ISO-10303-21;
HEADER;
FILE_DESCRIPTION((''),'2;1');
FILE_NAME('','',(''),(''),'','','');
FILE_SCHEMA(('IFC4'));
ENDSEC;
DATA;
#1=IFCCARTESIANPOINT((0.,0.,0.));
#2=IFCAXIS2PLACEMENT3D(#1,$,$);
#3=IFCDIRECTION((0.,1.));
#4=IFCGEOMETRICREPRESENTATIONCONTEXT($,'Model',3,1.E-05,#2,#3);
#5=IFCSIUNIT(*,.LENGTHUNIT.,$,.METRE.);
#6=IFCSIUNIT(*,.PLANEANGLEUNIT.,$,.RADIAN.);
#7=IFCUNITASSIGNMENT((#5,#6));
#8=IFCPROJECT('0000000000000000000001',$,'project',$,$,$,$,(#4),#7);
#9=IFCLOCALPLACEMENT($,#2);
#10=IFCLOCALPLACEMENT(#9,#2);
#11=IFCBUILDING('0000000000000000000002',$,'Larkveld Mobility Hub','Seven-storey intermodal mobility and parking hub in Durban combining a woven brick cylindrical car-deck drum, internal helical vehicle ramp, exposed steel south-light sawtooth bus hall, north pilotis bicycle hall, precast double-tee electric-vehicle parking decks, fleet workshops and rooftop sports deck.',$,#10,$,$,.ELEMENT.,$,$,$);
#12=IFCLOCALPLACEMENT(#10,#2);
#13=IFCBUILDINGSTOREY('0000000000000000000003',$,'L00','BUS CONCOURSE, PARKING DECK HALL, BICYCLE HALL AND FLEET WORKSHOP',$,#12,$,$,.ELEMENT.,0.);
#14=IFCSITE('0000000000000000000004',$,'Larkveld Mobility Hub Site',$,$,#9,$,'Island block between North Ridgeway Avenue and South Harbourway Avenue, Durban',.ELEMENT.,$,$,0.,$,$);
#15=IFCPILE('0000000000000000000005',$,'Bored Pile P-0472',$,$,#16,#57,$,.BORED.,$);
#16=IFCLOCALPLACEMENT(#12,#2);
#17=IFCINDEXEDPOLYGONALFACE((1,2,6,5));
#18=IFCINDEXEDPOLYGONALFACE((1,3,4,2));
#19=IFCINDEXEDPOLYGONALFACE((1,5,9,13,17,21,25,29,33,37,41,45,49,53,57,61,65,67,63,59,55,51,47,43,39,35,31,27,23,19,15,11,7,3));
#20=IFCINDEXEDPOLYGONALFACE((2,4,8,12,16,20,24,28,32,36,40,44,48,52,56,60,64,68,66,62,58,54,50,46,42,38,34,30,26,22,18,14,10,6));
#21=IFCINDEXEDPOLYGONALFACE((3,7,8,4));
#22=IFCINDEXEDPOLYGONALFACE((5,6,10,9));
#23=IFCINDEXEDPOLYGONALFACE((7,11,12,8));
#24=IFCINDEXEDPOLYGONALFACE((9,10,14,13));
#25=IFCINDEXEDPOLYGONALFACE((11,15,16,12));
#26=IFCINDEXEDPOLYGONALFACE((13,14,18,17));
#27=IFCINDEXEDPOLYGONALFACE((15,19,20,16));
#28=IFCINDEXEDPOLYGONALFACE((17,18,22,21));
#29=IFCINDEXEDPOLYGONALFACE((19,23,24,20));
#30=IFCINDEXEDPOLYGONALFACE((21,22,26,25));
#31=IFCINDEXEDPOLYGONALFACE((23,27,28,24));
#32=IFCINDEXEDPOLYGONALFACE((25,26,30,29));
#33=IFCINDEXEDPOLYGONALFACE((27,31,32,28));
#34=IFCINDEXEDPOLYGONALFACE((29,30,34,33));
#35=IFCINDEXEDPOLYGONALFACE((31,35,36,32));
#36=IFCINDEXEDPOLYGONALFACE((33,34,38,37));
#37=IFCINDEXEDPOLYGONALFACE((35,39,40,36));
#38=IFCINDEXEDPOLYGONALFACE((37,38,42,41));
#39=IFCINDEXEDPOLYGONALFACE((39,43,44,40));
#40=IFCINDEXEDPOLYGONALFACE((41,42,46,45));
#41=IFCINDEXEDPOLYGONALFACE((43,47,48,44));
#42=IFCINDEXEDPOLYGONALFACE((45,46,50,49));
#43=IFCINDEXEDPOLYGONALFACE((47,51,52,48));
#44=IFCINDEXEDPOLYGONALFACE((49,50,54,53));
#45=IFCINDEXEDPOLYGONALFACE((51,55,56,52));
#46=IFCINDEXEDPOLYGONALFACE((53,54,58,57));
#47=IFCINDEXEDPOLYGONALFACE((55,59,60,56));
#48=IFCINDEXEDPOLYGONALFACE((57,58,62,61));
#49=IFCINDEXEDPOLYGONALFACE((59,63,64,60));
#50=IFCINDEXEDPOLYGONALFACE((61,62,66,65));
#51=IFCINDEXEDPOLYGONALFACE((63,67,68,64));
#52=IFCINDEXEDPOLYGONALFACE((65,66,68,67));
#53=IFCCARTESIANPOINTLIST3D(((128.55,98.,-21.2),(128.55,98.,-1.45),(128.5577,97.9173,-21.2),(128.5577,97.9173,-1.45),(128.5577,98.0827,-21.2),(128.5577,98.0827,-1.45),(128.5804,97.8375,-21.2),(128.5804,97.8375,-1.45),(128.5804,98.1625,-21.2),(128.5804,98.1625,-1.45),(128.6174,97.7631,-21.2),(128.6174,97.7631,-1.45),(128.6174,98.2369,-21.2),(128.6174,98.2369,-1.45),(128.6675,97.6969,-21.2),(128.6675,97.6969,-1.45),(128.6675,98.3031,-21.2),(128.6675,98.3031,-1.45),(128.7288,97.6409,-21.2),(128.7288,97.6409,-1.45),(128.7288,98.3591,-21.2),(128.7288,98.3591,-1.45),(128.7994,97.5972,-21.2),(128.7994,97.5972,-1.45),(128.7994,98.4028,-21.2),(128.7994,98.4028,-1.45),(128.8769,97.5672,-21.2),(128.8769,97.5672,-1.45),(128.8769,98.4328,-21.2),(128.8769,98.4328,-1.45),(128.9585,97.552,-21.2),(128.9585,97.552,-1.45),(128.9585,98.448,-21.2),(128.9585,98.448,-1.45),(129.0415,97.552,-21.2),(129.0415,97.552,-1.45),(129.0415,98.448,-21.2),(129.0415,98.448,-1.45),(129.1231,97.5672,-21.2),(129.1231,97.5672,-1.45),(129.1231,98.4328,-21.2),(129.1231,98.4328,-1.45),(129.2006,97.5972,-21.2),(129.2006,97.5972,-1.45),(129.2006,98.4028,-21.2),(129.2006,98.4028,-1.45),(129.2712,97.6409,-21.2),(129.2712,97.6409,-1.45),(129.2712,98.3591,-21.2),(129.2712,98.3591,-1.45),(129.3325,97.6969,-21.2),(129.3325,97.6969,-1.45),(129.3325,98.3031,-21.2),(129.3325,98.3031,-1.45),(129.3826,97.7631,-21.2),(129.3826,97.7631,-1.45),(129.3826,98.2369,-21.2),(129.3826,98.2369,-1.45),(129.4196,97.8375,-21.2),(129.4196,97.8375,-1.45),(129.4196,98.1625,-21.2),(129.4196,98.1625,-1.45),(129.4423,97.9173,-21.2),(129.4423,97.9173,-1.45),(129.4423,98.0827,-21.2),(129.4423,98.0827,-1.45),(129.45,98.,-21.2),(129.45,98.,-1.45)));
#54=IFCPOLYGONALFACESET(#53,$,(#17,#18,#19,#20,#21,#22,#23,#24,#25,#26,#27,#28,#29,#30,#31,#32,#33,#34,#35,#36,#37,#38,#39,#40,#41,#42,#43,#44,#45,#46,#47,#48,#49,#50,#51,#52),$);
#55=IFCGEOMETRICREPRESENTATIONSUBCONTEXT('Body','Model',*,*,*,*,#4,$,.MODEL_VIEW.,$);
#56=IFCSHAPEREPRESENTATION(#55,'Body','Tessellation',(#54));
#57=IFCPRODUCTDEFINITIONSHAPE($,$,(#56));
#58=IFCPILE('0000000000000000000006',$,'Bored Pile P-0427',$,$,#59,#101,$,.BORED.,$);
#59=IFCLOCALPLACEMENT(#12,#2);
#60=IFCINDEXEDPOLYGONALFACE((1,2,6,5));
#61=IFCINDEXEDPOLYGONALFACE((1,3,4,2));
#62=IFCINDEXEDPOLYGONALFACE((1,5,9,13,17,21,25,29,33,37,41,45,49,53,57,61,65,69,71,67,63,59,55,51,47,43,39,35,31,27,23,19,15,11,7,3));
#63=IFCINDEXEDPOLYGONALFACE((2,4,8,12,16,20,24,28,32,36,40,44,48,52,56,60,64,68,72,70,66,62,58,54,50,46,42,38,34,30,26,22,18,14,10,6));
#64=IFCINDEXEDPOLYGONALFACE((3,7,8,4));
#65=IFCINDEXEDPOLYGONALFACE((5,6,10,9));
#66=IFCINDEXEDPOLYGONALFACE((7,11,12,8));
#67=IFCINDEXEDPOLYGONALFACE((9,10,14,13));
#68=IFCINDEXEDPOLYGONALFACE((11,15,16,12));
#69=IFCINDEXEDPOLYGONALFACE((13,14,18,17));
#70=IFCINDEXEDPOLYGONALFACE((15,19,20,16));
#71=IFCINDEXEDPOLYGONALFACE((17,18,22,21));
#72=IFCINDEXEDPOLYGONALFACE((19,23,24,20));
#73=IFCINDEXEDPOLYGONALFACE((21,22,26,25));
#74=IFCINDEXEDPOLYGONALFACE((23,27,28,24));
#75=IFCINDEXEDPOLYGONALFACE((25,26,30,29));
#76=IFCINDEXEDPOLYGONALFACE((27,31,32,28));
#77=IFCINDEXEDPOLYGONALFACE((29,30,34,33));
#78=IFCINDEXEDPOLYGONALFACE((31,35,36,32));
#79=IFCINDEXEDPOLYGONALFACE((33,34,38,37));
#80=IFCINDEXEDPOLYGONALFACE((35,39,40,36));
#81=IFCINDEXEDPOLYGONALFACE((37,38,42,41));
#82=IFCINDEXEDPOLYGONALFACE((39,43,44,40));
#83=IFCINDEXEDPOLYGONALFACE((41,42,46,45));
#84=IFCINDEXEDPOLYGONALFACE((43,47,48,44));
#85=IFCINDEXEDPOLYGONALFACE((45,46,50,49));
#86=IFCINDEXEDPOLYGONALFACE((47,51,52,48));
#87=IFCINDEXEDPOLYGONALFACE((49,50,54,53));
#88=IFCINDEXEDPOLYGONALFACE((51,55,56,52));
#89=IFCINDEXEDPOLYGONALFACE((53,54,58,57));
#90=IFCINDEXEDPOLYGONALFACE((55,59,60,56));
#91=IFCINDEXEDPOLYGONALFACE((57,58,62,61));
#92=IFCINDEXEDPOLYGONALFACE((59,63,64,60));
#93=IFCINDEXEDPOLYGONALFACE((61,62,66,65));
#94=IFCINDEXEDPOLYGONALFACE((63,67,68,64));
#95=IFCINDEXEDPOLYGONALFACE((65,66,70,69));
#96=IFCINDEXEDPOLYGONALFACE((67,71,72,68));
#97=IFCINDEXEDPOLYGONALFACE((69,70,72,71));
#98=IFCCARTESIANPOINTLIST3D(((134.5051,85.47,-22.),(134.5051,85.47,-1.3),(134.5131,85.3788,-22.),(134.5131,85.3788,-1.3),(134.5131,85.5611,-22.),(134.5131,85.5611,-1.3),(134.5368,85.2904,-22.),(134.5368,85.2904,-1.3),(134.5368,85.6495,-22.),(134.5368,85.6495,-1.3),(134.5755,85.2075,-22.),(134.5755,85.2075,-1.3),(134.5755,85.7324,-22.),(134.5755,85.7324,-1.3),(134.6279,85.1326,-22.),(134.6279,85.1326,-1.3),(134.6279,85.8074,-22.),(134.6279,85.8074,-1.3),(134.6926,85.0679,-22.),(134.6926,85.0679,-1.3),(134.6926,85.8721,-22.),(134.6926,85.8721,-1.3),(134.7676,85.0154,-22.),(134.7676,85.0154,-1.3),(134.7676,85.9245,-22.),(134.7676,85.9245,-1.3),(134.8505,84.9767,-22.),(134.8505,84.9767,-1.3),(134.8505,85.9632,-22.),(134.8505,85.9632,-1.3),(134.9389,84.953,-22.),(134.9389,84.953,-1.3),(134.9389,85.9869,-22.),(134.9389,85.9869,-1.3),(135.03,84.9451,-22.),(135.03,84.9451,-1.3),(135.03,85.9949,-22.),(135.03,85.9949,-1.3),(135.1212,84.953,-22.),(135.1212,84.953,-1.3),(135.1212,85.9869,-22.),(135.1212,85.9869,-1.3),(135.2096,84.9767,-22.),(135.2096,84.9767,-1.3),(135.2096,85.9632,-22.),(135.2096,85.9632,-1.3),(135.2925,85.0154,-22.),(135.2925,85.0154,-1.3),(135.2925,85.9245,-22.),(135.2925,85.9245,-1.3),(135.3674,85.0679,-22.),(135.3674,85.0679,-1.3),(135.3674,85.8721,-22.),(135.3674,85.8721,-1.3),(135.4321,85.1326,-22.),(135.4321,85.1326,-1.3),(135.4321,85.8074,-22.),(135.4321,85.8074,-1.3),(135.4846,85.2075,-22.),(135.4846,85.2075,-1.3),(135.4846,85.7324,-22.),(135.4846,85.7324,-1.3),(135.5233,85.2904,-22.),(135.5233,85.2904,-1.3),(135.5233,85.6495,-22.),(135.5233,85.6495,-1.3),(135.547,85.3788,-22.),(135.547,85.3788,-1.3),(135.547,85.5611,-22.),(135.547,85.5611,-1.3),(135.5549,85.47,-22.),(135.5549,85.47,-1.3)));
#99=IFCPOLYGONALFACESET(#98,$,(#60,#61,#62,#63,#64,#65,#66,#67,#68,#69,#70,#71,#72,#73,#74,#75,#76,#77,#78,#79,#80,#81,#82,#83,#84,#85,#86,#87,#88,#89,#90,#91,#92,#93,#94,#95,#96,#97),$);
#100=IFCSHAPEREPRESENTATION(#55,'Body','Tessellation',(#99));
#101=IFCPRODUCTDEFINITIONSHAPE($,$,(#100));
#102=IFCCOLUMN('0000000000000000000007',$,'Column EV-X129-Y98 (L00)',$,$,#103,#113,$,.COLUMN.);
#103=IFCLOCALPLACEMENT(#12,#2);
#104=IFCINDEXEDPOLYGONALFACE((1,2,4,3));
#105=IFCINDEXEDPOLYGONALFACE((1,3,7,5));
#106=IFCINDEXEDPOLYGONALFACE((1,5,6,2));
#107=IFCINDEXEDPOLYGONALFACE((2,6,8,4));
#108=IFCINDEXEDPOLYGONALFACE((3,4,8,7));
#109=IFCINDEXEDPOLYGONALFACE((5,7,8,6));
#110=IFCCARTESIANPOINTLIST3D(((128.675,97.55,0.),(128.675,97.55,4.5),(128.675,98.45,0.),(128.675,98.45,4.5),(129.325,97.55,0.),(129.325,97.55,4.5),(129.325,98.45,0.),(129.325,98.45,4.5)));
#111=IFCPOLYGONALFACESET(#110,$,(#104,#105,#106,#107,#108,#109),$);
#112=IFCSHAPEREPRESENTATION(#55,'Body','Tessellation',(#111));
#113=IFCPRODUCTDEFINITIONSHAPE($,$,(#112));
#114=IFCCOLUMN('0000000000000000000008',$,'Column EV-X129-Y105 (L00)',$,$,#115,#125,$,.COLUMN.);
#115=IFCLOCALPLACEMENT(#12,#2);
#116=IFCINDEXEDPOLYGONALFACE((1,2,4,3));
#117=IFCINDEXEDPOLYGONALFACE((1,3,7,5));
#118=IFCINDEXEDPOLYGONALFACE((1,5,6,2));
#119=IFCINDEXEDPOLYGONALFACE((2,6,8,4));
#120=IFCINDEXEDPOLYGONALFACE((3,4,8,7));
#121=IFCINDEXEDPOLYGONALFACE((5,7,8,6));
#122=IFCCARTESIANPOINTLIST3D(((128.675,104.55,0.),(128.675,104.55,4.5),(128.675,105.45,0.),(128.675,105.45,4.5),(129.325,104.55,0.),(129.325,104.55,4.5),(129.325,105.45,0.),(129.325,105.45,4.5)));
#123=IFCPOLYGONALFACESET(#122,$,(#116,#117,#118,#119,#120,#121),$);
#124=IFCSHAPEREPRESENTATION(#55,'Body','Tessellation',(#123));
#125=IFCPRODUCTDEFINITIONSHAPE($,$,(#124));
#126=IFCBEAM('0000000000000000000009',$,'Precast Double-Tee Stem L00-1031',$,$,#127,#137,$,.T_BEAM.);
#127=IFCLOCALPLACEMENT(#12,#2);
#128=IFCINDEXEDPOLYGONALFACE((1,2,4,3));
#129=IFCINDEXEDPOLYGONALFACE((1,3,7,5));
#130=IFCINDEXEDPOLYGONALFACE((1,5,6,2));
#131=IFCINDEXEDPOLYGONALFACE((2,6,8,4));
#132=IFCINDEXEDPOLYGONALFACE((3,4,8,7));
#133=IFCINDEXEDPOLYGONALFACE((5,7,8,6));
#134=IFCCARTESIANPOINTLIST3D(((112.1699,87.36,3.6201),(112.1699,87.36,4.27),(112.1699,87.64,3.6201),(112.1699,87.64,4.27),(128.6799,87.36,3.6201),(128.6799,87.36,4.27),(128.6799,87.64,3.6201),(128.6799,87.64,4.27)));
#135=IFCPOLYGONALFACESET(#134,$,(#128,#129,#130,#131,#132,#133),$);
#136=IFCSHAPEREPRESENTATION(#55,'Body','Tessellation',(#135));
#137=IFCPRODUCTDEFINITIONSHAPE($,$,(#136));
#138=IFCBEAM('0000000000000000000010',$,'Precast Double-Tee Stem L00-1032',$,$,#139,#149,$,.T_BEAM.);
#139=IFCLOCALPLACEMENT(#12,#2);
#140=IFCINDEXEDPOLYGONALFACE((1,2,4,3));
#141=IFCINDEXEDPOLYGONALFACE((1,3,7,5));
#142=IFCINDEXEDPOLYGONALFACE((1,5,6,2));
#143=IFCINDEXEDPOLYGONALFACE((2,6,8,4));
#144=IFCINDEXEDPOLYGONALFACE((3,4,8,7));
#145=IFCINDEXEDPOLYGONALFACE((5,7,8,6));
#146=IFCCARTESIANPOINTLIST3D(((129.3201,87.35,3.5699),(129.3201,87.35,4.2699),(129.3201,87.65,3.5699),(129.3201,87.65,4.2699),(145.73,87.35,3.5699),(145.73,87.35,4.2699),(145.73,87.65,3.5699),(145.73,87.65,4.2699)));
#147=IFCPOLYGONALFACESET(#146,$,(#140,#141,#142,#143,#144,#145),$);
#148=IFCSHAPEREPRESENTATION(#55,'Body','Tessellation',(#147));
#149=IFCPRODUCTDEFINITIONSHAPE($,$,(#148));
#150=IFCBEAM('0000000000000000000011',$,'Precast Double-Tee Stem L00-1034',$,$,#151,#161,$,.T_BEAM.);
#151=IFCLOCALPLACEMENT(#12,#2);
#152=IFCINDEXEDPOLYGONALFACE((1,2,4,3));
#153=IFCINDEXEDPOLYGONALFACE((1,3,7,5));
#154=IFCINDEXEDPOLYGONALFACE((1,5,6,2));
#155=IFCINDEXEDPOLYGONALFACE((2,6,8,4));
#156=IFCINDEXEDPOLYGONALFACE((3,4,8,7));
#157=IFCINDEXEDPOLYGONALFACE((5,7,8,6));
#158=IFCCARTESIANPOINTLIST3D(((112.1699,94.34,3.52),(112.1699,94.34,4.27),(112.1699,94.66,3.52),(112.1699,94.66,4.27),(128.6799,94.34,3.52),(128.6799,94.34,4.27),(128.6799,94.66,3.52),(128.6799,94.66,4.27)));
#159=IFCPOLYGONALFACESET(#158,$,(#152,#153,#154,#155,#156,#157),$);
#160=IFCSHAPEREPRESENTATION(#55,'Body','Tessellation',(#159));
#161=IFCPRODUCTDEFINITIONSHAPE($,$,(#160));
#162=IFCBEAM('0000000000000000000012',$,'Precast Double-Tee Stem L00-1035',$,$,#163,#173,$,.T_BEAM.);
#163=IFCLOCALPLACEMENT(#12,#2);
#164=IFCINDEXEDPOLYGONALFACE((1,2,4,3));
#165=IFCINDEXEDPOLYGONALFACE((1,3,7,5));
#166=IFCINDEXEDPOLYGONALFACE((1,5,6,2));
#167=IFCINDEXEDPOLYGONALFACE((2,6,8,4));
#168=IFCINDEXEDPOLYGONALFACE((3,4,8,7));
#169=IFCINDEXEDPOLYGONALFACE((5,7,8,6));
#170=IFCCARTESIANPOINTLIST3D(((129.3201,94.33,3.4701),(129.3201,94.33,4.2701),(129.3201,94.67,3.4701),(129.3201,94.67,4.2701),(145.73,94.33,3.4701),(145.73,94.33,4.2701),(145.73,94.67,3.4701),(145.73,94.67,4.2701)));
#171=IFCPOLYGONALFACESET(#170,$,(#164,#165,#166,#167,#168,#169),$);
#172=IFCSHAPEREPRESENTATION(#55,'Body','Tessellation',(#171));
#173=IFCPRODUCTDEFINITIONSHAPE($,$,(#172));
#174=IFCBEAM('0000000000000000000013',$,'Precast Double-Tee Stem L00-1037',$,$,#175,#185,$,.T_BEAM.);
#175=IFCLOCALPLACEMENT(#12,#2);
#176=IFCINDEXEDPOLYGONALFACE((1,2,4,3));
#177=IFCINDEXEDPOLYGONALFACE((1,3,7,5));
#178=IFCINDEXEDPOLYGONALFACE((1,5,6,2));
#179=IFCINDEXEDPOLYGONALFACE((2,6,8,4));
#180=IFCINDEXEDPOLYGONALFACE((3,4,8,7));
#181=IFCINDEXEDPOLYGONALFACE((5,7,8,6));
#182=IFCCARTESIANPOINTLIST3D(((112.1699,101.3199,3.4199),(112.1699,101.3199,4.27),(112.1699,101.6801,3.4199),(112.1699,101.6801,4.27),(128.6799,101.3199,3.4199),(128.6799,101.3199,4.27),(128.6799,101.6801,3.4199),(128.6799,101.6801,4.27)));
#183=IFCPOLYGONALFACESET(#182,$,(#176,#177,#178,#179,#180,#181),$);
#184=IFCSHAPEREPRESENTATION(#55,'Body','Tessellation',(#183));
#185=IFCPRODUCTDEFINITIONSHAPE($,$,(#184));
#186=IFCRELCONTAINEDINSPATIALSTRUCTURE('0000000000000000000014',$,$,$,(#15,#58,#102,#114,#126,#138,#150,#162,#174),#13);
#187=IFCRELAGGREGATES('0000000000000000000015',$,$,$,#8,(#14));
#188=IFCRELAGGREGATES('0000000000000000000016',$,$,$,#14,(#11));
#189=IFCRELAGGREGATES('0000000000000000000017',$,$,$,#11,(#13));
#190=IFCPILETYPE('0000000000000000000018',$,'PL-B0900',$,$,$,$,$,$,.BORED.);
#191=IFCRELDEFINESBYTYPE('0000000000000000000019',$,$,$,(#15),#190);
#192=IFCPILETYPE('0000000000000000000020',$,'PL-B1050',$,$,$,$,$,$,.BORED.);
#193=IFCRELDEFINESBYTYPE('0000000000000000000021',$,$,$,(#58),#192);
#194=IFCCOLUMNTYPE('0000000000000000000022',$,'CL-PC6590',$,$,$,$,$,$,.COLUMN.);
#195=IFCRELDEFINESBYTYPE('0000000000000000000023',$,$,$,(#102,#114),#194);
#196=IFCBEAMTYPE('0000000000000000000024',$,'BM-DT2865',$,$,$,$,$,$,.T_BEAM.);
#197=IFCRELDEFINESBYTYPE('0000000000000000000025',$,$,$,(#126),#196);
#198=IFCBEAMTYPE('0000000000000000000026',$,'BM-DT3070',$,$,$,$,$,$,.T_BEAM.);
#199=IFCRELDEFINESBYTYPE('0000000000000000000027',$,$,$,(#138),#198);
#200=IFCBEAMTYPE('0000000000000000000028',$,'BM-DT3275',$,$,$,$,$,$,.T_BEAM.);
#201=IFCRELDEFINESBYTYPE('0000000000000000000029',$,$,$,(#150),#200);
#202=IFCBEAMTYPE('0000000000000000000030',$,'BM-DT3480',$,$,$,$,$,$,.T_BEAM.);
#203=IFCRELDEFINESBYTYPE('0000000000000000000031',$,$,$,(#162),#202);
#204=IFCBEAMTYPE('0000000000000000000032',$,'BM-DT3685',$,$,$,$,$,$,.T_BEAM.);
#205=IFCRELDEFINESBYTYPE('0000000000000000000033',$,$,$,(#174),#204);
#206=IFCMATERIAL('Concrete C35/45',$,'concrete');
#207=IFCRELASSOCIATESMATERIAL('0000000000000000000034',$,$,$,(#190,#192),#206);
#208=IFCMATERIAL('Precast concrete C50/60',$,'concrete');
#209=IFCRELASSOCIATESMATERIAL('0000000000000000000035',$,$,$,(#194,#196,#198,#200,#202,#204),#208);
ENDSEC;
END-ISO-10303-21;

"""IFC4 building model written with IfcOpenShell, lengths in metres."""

from ifc_helpers import new_model, si_unit, direction, frame, origin, origin_2d, place, context, subcontext, project, spatial, rectangle, circle, extrude, material, material_profile, profile_set, type_object, element, save


model = new_model("IFC4")

# Units and contexts
model_context = context("Model", 3, precision=1e-05, world=origin(), true_north=direction((0.0, 1.0)))
body_context = subcontext(model_context, "Body", "Model", "MODEL_VIEW")
ifc_project = project(units=[si_unit("LENGTHUNIT", "METRE"), si_unit("PLANEANGLEUNIT", "RADIAN")], contexts=[model_context])

# Site, building, storey
site_placement = place(None, origin())
site = spatial("IfcSite", under=ifc_project, at=site_placement, Name="Larkveld Mobility Hub Site", LongName="Island block between North Ridgeway Avenue and South Harbourway Avenue, Durban", CompositionType="ELEMENT", RefElevation=0.0)
building_placement = place(site_placement, origin())
building = spatial("IfcBuilding", under=site, at=building_placement, Name="Larkveld Mobility Hub", Description="Seven-storey intermodal mobility and parking hub in Durban combining a woven brick cylindrical car-deck drum, internal helical vehicle ramp, exposed steel south-light sawtooth bus hall, north pilotis bicycle hall, precast double-tee electric-vehicle parking decks, fleet workshops and rooftop sports deck.", CompositionType="ELEMENT")
storey_placement = place(building_placement, origin())
storey = spatial("IfcBuildingStorey", under=building, at=storey_placement, Name="L00", Description="BUS CONCOURSE, PARKING DECK HALL, BICYCLE HALL AND FLEET WORKSHOP", CompositionType="ELEMENT", Elevation=0.0)

# Shared definitions
ifc_material_1 = material(Name="Concrete C35/45", Category="concrete")

# Piles
ifc_material_profile_1 = material_profile(ifc_material_1, circle(Radius=0.45, at=origin_2d()), Name="PILE D900")
ifc_profile_set_1 = profile_set([ifc_material_profile_1], Name="Concrete C35/45")
pile_type_1 = type_object("IfcPileType", Name="PL-B0900", PredefinedType="BORED", material=ifc_profile_set_1)
pile_1_placement = place(storey_placement, frame((129.0, 98.0, -1.45), z_axis=(0.0, 0.0, -1.0), x_axis=(1.0, 0.0, 0.0)))
element("IfcPile", 1, at=pile_1_placement, inside=storey, type_object=pile_type_1, Name="Bored Pile P-0472", PredefinedType="BORED", context=body_context, shape_type="SweptSolid", body=[
    extrude(circle(Radius=0.45, at=origin_2d()), origin(), (0.0, 0.0, 1.0), 19.75),
])
ifc_material_profile_2 = material_profile(ifc_material_1, circle(Radius=0.5249, at=origin_2d()), Name="PILE D1050")
ifc_profile_set_2 = profile_set([ifc_material_profile_2], Name="Concrete C35/45")
pile_type_2 = type_object("IfcPileType", Name="PL-B1050", PredefinedType="BORED", material=ifc_profile_set_2)
pile_2_placement = place(storey_placement, frame((135.03, 85.47, -1.3), z_axis=(0.0, 0.0, -1.0), x_axis=(1.0, 0.0, 0.0)))
element("IfcPile", 2, at=pile_2_placement, inside=storey, type_object=pile_type_2, Name="Bored Pile P-0427", PredefinedType="BORED", context=body_context, shape_type="SweptSolid", body=[
    extrude(circle(Radius=0.5249, at=origin_2d()), origin(), (0.0, 0.0, 1.0), 20.7),
])

# Columns
ifc_material_2 = material(Name="Precast concrete C50/60", Category="concrete")
ifc_material_profile_3 = material_profile(ifc_material_2, rectangle(XDim=0.6499, YDim=0.8999, at=origin_2d()), Name="RC COL 650x900")
ifc_profile_set_3 = profile_set([ifc_material_profile_3], Name="Precast concrete C50/60")
column_type = type_object("IfcColumnType", Name="CL-PC6590", PredefinedType="COLUMN", material=ifc_profile_set_3)
for number, where, z_axis, x_axis, name in (
    (3, (129.0, 98.0, 0.0), (0.0, 0.0, 1.0), (1.0, 0.0, 0.0), "Column EV-X129-Y98 (L00)"),
    (4, (129.0, 105.0, 0.0), (0.0, 0.0, 1.0), (1.0, 0.0, 0.0), "Column EV-X129-Y105 (L00)"),
):
    element("IfcColumn", number, at=place(storey_placement, frame(where, z_axis=z_axis, x_axis=x_axis)), inside=storey, type_object=column_type, Name=name, PredefinedType="COLUMN", context=body_context, shape_type="SweptSolid", body=[
        extrude(rectangle(XDim=0.6499, YDim=0.8999, at=origin_2d()), origin(), (0.0, 0.0, 1.0), 4.5),
    ])

# Beams
ifc_material_profile_4 = material_profile(ifc_material_2, rectangle(XDim=0.28, YDim=0.6499, at=origin_2d()), Name="PC DT 280x650")
ifc_profile_set_4 = profile_set([ifc_material_profile_4], Name="Precast concrete C50/60")
beam_type_1 = type_object("IfcBeamType", Name="BM-DT2865", PredefinedType="T_BEAM", material=ifc_profile_set_4)
beam_1_placement = place(storey_placement, frame((112.1699, 87.5, 3.9451), z_axis=(1.0, 0.0, 0.0), x_axis=(0.0, 1.0, 0.0)))
element("IfcBeam", 5, at=beam_1_placement, inside=storey, type_object=beam_type_1, Name="Precast Double-Tee Stem L00-1031", PredefinedType="T_BEAM", context=body_context, shape_type="SweptSolid", body=[
    extrude(rectangle(XDim=0.28, YDim=0.6499, at=origin_2d()), origin(), (0.0, 0.0, 1.0), 16.51),
])
ifc_material_profile_5 = material_profile(ifc_material_2, rectangle(XDim=0.3, YDim=0.7, at=origin_2d()), Name="PC DT 300x700")
ifc_profile_set_5 = profile_set([ifc_material_profile_5], Name="Precast concrete C50/60")
beam_type_2 = type_object("IfcBeamType", Name="BM-DT3070", PredefinedType="T_BEAM", material=ifc_profile_set_5)
beam_2_placement = place(storey_placement, frame((129.3201, 87.5, 3.9199), z_axis=(1.0, 0.0, 0.0), x_axis=(0.0, 1.0, 0.0)))
element("IfcBeam", 6, at=beam_2_placement, inside=storey, type_object=beam_type_2, Name="Precast Double-Tee Stem L00-1032", PredefinedType="T_BEAM", context=body_context, shape_type="SweptSolid", body=[
    extrude(rectangle(XDim=0.3, YDim=0.7, at=origin_2d()), origin(), (0.0, 0.0, 1.0), 16.4099),
])
ifc_material_profile_6 = material_profile(ifc_material_2, rectangle(XDim=0.3201, YDim=0.75, at=origin_2d()), Name="PC DT 320x750")
ifc_profile_set_6 = profile_set([ifc_material_profile_6], Name="Precast concrete C50/60")
beam_type_3 = type_object("IfcBeamType", Name="BM-DT3275", PredefinedType="T_BEAM", material=ifc_profile_set_6)
beam_3_placement = place(storey_placement, frame((112.1699, 94.5, 3.895), z_axis=(1.0, 0.0, 0.0), x_axis=(0.0, 1.0, 0.0)))
element("IfcBeam", 7, at=beam_3_placement, inside=storey, type_object=beam_type_3, Name="Precast Double-Tee Stem L00-1034", PredefinedType="T_BEAM", context=body_context, shape_type="SweptSolid", body=[
    extrude(rectangle(XDim=0.3201, YDim=0.75, at=origin_2d()), origin(), (0.0, 0.0, 1.0), 16.51),
])
ifc_material_profile_7 = material_profile(ifc_material_2, rectangle(XDim=0.3401, YDim=0.8, at=origin_2d()), Name="PC DT 340x800")
ifc_profile_set_7 = profile_set([ifc_material_profile_7], Name="Precast concrete C50/60")
beam_type_4 = type_object("IfcBeamType", Name="BM-DT3480", PredefinedType="T_BEAM", material=ifc_profile_set_7)
beam_4_placement = place(storey_placement, frame((129.3201, 94.5, 3.8701), z_axis=(1.0, 0.0, 0.0), x_axis=(0.0, 1.0, 0.0)))
element("IfcBeam", 8, at=beam_4_placement, inside=storey, type_object=beam_type_4, Name="Precast Double-Tee Stem L00-1035", PredefinedType="T_BEAM", context=body_context, shape_type="SweptSolid", body=[
    extrude(rectangle(XDim=0.3401, YDim=0.8, at=origin_2d()), origin(), (0.0, 0.0, 1.0), 16.4099),
])
ifc_material_profile_8 = material_profile(ifc_material_2, rectangle(XDim=0.3601, YDim=0.8501, at=origin_2d()), Name="PC DT 360x850")
ifc_profile_set_8 = profile_set([ifc_material_profile_8], Name="Precast concrete C50/60")
beam_type_5 = type_object("IfcBeamType", Name="BM-DT3685", PredefinedType="T_BEAM", material=ifc_profile_set_8)
beam_5_placement = place(storey_placement, frame((112.1699, 101.5, 3.845), z_axis=(1.0, 0.0, 0.0), x_axis=(0.0, 1.0, 0.0)))
element("IfcBeam", 9, at=beam_5_placement, inside=storey, type_object=beam_type_5, Name="Precast Double-Tee Stem L00-1037", PredefinedType="T_BEAM", context=body_context, shape_type="SweptSolid", body=[
    extrude(rectangle(XDim=0.3601, YDim=0.8501, at=origin_2d()), origin(), (0.0, 0.0, 1.0), 16.51),
])

save(model, "model.ifc")
